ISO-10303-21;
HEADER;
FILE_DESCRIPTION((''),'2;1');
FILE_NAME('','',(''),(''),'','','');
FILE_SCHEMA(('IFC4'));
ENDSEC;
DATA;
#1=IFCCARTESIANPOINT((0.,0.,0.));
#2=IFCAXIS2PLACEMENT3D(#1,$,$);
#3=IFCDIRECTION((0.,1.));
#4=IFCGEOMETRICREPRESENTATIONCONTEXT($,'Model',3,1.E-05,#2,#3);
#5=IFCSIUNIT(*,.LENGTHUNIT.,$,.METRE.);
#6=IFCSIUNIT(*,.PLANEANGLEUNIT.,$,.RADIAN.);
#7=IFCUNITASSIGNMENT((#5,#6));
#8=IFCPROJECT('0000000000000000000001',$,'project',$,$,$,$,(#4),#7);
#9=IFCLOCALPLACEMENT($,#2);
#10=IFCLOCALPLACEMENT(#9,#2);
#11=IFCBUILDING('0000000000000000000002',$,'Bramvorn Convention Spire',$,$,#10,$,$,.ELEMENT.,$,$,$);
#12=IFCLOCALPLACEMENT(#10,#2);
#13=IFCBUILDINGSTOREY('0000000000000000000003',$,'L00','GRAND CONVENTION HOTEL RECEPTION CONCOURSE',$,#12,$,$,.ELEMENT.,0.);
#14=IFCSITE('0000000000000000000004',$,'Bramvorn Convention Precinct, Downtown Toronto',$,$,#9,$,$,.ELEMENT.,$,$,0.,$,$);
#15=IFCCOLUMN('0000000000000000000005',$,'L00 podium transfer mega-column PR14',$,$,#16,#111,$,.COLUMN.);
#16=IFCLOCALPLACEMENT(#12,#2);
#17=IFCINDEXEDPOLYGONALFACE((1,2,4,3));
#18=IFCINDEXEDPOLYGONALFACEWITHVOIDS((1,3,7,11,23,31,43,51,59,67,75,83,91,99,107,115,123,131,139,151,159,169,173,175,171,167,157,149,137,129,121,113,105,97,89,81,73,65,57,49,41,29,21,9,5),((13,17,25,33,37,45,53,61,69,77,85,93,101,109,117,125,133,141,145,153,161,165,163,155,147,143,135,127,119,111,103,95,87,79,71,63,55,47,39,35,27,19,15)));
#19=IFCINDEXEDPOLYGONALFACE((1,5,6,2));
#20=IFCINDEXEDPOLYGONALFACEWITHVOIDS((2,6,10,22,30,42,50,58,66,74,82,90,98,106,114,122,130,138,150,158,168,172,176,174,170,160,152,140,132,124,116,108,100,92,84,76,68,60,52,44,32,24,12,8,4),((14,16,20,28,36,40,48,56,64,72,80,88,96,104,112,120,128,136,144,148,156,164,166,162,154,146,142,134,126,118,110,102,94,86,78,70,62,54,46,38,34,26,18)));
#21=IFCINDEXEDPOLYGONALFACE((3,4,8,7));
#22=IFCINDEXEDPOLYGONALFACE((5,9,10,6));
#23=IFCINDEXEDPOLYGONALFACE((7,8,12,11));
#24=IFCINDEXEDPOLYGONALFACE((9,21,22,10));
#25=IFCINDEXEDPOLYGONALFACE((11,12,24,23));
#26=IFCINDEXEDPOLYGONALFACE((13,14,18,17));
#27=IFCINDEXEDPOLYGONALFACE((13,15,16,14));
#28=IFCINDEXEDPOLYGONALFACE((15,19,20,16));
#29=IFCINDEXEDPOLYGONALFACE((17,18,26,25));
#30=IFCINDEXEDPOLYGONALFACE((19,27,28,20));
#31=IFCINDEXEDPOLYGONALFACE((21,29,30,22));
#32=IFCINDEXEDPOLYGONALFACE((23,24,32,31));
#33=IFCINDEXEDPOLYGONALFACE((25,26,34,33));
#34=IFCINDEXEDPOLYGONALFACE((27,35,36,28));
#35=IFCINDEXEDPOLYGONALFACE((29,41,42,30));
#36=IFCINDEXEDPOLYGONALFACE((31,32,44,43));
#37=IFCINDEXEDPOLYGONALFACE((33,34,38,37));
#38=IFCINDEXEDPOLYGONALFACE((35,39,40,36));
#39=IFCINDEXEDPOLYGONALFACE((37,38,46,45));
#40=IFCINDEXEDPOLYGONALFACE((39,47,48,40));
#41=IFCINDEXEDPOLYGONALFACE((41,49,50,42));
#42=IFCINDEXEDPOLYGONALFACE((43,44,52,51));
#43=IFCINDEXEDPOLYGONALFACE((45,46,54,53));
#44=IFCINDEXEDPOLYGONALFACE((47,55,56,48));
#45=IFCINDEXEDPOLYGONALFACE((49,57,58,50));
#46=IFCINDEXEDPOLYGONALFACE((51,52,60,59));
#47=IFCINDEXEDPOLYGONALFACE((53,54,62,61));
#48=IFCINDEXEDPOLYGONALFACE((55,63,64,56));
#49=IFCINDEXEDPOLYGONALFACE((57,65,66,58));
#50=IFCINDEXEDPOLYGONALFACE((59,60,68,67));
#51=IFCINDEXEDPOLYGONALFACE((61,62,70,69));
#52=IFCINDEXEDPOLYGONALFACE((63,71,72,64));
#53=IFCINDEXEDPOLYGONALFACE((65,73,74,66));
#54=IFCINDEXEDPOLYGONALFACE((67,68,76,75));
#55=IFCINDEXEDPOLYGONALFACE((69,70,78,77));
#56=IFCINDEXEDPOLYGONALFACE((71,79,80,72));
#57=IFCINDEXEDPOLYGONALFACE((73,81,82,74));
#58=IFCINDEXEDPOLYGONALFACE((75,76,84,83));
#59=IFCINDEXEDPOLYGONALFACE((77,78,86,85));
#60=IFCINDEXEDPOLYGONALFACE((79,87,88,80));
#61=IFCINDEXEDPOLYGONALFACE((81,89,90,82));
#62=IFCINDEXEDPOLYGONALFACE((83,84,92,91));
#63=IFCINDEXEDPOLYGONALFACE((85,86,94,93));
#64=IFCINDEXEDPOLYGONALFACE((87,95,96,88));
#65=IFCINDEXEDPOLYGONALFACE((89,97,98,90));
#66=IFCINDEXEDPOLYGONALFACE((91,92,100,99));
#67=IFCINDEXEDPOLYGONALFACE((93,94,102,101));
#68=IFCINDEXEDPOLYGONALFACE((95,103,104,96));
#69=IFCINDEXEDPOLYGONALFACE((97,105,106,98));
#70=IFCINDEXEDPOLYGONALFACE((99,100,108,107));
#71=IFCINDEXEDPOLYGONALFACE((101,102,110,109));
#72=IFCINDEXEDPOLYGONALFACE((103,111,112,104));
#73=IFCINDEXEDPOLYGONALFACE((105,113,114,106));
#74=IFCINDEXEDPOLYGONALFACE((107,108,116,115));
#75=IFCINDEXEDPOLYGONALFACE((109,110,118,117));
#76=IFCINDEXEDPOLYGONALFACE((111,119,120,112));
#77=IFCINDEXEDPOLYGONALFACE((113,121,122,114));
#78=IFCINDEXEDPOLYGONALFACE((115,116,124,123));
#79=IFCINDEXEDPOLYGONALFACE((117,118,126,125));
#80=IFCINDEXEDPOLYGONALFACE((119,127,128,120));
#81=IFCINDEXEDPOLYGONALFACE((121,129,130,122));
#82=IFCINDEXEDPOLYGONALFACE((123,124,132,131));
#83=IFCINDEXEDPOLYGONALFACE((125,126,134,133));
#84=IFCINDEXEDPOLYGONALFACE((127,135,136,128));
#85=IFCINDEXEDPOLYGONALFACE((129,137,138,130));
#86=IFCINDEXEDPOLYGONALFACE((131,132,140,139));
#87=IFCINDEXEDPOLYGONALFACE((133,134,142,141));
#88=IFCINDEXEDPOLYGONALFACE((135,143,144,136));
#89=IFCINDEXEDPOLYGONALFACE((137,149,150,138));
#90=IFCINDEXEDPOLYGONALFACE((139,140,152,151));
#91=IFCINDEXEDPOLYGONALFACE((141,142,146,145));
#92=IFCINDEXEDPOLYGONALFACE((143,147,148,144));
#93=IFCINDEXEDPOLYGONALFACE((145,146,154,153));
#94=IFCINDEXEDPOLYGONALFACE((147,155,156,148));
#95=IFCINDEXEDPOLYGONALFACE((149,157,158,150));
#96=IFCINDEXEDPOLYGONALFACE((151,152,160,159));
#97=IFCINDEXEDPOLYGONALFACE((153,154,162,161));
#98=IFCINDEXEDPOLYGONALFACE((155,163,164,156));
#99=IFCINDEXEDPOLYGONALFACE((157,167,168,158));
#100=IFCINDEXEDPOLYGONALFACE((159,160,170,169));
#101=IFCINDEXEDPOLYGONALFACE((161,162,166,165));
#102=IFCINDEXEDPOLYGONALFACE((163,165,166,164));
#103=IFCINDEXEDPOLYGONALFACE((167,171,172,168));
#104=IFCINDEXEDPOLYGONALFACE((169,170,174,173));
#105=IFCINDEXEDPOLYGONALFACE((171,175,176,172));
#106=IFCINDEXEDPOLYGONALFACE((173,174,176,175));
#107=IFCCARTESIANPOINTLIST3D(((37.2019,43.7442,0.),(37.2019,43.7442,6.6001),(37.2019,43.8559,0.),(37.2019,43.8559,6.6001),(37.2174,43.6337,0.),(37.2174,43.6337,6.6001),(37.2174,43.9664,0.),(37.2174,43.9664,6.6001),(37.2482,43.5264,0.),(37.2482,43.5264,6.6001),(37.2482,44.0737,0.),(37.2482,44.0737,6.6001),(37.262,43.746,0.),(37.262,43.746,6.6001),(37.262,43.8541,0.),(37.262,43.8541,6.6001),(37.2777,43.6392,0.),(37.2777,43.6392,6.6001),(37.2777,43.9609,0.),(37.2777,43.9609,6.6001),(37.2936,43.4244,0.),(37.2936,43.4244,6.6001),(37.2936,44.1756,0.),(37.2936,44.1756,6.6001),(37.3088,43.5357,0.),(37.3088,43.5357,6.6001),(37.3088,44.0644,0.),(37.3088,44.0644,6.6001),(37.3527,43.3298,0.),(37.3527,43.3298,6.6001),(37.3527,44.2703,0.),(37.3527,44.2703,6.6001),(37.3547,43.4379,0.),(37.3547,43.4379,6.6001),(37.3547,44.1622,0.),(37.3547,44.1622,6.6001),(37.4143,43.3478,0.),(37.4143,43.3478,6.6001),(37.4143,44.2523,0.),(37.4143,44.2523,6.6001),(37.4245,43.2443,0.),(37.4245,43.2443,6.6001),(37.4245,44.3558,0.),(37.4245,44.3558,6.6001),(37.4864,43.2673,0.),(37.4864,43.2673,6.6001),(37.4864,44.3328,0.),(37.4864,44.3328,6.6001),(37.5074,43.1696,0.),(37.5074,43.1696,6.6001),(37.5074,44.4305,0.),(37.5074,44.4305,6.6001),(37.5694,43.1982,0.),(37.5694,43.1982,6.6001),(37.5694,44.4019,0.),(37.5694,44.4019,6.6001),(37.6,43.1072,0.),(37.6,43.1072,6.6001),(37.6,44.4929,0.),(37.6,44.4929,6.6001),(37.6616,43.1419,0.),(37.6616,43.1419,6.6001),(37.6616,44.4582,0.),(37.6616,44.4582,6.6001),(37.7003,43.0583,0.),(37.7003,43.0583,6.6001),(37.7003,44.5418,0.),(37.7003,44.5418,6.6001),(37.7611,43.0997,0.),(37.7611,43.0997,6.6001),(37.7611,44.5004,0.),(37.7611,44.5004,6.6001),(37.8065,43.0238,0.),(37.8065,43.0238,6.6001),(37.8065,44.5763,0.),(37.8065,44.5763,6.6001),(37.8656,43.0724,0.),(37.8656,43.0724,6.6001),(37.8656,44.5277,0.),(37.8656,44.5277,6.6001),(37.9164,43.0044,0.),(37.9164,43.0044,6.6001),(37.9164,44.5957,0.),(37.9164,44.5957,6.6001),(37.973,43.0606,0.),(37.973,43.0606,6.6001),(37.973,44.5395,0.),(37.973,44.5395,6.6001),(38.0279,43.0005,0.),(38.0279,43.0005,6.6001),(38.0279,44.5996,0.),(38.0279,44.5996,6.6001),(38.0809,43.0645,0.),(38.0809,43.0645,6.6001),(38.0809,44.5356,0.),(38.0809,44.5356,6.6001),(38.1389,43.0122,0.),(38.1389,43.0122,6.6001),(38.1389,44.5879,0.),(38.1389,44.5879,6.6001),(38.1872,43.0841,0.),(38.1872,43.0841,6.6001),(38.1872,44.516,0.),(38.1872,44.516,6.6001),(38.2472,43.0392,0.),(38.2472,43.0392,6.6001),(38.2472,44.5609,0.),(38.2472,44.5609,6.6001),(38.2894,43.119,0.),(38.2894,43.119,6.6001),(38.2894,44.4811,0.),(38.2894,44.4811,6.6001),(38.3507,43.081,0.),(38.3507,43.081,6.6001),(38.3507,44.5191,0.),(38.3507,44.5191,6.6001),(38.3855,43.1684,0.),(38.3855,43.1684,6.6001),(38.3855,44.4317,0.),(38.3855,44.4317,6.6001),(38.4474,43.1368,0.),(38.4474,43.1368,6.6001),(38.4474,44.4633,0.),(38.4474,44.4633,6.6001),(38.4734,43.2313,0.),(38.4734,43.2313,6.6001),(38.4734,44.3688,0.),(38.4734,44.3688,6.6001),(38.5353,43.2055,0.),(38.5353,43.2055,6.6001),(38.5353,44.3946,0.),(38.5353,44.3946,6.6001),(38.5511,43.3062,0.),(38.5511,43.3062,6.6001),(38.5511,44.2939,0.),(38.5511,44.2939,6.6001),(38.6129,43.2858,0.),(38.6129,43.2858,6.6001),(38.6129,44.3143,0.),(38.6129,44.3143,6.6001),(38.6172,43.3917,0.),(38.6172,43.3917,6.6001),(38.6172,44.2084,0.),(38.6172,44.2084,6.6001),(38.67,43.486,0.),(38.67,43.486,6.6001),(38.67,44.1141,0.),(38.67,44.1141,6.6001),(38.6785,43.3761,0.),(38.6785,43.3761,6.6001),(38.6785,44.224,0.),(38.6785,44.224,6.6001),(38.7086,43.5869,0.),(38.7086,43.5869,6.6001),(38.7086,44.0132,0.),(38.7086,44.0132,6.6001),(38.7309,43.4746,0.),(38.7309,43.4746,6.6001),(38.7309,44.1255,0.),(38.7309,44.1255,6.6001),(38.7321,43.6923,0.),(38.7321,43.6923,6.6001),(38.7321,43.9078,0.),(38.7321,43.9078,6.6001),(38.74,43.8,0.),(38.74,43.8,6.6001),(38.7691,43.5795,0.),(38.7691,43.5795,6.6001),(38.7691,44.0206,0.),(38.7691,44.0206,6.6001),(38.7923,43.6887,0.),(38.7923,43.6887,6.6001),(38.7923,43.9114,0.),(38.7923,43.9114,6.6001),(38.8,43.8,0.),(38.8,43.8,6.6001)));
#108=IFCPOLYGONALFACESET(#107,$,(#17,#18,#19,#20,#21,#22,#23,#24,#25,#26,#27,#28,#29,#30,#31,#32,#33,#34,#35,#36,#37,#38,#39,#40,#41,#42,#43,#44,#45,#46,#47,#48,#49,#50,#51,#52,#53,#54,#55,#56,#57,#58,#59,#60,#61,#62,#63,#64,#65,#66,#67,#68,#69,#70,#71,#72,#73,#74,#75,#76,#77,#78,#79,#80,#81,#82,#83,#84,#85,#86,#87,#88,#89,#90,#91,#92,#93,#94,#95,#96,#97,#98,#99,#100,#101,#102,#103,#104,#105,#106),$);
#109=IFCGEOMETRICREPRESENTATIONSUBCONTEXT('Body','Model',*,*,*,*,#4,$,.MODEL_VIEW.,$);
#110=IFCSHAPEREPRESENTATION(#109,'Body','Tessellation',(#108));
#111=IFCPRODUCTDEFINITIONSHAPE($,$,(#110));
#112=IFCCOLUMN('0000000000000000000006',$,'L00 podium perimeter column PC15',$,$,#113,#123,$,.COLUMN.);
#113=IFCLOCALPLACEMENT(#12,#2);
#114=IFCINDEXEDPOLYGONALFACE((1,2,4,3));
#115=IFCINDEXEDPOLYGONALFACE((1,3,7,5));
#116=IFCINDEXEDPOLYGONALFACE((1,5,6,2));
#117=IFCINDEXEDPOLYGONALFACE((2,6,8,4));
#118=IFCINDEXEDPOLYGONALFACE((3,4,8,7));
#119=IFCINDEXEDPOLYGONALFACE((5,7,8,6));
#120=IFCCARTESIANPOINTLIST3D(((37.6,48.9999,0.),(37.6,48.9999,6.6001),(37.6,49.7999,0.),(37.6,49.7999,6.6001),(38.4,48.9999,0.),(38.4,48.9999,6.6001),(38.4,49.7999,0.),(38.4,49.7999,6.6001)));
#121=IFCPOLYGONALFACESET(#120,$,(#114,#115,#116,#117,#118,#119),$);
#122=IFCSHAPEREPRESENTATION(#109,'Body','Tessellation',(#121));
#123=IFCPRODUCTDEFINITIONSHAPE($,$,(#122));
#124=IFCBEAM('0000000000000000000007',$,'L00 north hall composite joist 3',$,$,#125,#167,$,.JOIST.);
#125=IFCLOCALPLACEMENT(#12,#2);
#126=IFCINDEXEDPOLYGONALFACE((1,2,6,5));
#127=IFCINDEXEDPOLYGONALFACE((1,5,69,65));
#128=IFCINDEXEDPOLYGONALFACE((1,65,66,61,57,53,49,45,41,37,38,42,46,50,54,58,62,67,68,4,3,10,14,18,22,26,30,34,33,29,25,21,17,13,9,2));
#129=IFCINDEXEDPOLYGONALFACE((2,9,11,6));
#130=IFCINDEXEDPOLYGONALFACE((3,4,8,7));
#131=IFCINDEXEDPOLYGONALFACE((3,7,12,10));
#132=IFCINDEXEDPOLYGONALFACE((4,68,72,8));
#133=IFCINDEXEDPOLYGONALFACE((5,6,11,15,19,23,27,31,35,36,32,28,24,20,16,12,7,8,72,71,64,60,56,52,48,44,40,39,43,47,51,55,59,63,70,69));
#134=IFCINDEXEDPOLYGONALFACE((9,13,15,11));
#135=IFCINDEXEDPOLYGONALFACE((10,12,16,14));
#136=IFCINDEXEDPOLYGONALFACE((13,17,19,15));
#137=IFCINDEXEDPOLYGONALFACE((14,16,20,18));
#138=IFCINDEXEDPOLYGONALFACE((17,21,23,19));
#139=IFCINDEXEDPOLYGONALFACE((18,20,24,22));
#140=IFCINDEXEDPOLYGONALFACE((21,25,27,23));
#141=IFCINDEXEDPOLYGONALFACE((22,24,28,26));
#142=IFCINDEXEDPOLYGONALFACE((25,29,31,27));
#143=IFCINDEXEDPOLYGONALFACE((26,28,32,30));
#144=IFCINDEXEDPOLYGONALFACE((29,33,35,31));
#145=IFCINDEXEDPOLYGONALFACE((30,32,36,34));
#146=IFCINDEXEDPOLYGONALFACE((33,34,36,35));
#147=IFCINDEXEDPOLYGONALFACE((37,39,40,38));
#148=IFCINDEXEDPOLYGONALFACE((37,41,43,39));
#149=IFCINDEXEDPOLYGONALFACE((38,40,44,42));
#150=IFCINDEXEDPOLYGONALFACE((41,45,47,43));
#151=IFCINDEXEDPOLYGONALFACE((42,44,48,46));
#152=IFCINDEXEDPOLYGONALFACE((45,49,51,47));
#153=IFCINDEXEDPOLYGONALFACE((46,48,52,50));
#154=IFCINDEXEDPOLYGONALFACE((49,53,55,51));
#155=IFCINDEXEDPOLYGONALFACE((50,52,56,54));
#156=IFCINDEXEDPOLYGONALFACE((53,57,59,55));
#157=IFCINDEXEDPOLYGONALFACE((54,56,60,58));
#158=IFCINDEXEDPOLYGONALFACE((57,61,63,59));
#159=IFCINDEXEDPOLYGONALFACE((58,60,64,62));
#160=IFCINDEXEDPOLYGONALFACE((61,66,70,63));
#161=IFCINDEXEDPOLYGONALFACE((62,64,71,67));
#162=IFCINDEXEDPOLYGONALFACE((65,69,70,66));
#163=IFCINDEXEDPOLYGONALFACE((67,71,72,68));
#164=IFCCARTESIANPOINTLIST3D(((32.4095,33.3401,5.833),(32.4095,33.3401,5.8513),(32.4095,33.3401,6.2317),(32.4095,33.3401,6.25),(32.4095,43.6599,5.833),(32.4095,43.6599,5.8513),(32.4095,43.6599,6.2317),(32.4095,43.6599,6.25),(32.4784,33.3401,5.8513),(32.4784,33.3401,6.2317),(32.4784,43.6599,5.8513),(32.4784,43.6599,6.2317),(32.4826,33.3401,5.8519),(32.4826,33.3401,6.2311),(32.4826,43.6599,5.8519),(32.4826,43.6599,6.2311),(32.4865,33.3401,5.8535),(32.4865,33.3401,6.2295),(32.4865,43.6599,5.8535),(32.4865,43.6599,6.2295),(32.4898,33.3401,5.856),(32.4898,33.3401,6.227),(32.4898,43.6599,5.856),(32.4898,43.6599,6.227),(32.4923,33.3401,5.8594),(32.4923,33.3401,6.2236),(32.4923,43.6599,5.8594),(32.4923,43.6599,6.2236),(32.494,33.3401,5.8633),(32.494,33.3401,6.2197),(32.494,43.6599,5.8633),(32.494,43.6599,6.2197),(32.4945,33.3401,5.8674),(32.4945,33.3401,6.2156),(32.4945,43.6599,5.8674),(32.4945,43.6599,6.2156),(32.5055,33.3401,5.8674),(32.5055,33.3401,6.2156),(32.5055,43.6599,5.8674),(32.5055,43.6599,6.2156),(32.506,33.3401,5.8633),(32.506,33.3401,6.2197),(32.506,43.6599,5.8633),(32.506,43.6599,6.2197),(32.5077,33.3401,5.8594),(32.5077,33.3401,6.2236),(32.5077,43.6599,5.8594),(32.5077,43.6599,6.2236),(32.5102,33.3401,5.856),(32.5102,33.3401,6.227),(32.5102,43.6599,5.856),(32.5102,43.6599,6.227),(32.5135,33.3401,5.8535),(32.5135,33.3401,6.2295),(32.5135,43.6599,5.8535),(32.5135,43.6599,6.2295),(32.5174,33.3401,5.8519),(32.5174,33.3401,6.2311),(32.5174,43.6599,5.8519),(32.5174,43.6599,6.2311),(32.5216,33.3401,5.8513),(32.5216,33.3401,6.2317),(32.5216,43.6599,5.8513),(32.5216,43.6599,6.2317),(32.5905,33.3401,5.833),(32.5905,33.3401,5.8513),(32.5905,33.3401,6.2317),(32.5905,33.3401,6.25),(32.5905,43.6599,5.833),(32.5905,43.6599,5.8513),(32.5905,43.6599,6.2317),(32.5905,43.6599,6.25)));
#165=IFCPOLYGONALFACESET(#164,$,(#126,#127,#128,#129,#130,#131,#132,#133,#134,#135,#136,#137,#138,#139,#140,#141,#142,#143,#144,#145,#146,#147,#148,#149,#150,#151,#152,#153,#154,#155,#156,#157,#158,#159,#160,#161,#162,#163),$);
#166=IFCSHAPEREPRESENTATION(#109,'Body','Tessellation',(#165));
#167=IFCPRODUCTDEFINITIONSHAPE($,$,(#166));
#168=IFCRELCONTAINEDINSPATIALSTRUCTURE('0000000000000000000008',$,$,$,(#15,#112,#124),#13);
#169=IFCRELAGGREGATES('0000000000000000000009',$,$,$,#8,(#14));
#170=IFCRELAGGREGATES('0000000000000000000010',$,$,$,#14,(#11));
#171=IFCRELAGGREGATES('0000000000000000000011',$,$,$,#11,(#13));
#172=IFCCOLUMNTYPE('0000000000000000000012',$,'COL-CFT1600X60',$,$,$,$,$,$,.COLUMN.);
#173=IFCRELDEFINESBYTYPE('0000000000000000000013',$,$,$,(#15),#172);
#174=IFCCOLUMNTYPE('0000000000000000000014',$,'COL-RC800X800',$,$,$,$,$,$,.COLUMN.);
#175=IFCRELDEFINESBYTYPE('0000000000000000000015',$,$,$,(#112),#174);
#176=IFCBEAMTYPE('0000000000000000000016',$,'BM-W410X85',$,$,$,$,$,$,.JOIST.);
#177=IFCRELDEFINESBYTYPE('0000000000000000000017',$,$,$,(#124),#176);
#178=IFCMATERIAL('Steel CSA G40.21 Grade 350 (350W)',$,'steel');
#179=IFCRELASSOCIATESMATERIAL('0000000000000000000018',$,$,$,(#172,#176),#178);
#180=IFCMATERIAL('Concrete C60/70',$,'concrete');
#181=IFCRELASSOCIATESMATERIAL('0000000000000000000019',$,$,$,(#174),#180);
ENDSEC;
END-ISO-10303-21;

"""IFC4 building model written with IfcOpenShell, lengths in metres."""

from ifc_helpers import new_model, si_unit, direction, frame, origin, origin_2d, place, context, subcontext, project, spatial, rectangle, hollow_circle, i_section, extrude, material, material_profile, profile_set, type_object, element, save


model = new_model("IFC4")

# Units and contexts
model_context = context("Model", 3, precision=1e-05, world=origin(), true_north=direction((0.0, 1.0)))
body_context = subcontext(model_context, "Body", "Model", "MODEL_VIEW")
ifc_project = project(units=[si_unit("LENGTHUNIT", "METRE"), si_unit("PLANEANGLEUNIT", "RADIAN")], contexts=[model_context])

# Site, building, storey
site_placement = place(None, origin())
site = spatial("IfcSite", under=ifc_project, at=site_placement, Name="Bramvorn Convention Precinct, Downtown Toronto", CompositionType="ELEMENT", RefElevation=0.0)
building_placement = place(site_placement, origin())
building = spatial("IfcBuilding", under=site, at=building_placement, Name="Bramvorn Convention Spire", CompositionType="ELEMENT")
storey_placement = place(building_placement, origin())
storey = spatial("IfcBuildingStorey", under=building, at=storey_placement, Name="L00", Description="GRAND CONVENTION HOTEL RECEPTION CONCOURSE", CompositionType="ELEMENT", Elevation=0.0)

# Columns
ifc_material_1 = material(Name="Steel CSA G40.21 Grade 350 (350W)", Category="steel")
ifc_material_profile_1 = material_profile(ifc_material_1, hollow_circle(Radius=0.8, WallThickness=0.0601, at=origin_2d()))
ifc_profile_set_1 = profile_set([ifc_material_profile_1], Name="Steel CSA G40.21 Grade 350 (350W) - CFT1600X60")
column_type_1 = type_object("IfcColumnType", Name="COL-CFT1600X60", PredefinedType="COLUMN", material=ifc_profile_set_1)
column_1_placement = place(storey_placement, frame((38.0, 43.8, 0.0), z_axis=(0.0, 0.0, 1.0), x_axis=(1.0, 0.0, 0.0)))
element("IfcColumn", 1, at=column_1_placement, inside=storey, type_object=column_type_1, Name="L00 podium transfer mega-column PR14", PredefinedType="COLUMN", context=body_context, shape_type="SweptSolid", body=[
    extrude(hollow_circle(Radius=0.8, WallThickness=0.0601, at=origin_2d()), origin(), (0.0, 0.0, 1.0), 6.6001),
])
ifc_material_2 = material(Name="Concrete C60/70", Category="concrete")
ifc_material_profile_2 = material_profile(ifc_material_2, rectangle(XDim=0.8, YDim=0.8, at=origin_2d()))
ifc_profile_set_2 = profile_set([ifc_material_profile_2], Name="Concrete C60/70 - RC800X800")
column_type_2 = type_object("IfcColumnType", Name="COL-RC800X800", PredefinedType="COLUMN", material=ifc_profile_set_2)
column_2_placement = place(storey_placement, frame((38.0, 49.3999, 0.0), z_axis=(0.0, 0.0, 1.0), x_axis=(1.0, 0.0, 0.0)))
element("IfcColumn", 2, at=column_2_placement, inside=storey, type_object=column_type_2, Name="L00 podium perimeter column PC15", PredefinedType="COLUMN", context=body_context, shape_type="SweptSolid", body=[
    extrude(rectangle(XDim=0.8, YDim=0.8, at=origin_2d()), origin(), (0.0, 0.0, 1.0), 6.6001),
])

# Beam
ifc_material_profile_3 = material_profile(ifc_material_1, i_section(OverallWidth=0.1809, OverallDepth=0.417, WebThickness=0.011, FlangeThickness=0.0183, FilletRadius=0.0161, at=origin_2d()))
ifc_profile_set_3 = profile_set([ifc_material_profile_3], Name="Steel CSA G40.21 Grade 350 (350W) - W410X85")
beam_type_1 = type_object("IfcBeamType", Name="BM-W410X85", PredefinedType="JOIST", material=ifc_profile_set_3)
for number, where, z_axis, x_axis, name in (
    (3, (32.5, 33.3401, 6.0415), (0.0, 1.0, 0.0), (-1.0, 0.0, 0.0), "L00 north hall composite joist 3"),
):
    element("IfcBeam", number, at=place(storey_placement, frame(where, z_axis=z_axis, x_axis=x_axis)), inside=storey, type_object=beam_type_1, Name=name, PredefinedType="JOIST", context=body_context, shape_type="SweptSolid", body=[
        extrude(i_section(OverallWidth=0.1809, OverallDepth=0.417, WebThickness=0.011, FlangeThickness=0.0183, FilletRadius=0.0161, at=origin_2d()), origin(), (0.0, 0.0, 1.0), 10.3198),
    ])

save(model, "model.ifc")
